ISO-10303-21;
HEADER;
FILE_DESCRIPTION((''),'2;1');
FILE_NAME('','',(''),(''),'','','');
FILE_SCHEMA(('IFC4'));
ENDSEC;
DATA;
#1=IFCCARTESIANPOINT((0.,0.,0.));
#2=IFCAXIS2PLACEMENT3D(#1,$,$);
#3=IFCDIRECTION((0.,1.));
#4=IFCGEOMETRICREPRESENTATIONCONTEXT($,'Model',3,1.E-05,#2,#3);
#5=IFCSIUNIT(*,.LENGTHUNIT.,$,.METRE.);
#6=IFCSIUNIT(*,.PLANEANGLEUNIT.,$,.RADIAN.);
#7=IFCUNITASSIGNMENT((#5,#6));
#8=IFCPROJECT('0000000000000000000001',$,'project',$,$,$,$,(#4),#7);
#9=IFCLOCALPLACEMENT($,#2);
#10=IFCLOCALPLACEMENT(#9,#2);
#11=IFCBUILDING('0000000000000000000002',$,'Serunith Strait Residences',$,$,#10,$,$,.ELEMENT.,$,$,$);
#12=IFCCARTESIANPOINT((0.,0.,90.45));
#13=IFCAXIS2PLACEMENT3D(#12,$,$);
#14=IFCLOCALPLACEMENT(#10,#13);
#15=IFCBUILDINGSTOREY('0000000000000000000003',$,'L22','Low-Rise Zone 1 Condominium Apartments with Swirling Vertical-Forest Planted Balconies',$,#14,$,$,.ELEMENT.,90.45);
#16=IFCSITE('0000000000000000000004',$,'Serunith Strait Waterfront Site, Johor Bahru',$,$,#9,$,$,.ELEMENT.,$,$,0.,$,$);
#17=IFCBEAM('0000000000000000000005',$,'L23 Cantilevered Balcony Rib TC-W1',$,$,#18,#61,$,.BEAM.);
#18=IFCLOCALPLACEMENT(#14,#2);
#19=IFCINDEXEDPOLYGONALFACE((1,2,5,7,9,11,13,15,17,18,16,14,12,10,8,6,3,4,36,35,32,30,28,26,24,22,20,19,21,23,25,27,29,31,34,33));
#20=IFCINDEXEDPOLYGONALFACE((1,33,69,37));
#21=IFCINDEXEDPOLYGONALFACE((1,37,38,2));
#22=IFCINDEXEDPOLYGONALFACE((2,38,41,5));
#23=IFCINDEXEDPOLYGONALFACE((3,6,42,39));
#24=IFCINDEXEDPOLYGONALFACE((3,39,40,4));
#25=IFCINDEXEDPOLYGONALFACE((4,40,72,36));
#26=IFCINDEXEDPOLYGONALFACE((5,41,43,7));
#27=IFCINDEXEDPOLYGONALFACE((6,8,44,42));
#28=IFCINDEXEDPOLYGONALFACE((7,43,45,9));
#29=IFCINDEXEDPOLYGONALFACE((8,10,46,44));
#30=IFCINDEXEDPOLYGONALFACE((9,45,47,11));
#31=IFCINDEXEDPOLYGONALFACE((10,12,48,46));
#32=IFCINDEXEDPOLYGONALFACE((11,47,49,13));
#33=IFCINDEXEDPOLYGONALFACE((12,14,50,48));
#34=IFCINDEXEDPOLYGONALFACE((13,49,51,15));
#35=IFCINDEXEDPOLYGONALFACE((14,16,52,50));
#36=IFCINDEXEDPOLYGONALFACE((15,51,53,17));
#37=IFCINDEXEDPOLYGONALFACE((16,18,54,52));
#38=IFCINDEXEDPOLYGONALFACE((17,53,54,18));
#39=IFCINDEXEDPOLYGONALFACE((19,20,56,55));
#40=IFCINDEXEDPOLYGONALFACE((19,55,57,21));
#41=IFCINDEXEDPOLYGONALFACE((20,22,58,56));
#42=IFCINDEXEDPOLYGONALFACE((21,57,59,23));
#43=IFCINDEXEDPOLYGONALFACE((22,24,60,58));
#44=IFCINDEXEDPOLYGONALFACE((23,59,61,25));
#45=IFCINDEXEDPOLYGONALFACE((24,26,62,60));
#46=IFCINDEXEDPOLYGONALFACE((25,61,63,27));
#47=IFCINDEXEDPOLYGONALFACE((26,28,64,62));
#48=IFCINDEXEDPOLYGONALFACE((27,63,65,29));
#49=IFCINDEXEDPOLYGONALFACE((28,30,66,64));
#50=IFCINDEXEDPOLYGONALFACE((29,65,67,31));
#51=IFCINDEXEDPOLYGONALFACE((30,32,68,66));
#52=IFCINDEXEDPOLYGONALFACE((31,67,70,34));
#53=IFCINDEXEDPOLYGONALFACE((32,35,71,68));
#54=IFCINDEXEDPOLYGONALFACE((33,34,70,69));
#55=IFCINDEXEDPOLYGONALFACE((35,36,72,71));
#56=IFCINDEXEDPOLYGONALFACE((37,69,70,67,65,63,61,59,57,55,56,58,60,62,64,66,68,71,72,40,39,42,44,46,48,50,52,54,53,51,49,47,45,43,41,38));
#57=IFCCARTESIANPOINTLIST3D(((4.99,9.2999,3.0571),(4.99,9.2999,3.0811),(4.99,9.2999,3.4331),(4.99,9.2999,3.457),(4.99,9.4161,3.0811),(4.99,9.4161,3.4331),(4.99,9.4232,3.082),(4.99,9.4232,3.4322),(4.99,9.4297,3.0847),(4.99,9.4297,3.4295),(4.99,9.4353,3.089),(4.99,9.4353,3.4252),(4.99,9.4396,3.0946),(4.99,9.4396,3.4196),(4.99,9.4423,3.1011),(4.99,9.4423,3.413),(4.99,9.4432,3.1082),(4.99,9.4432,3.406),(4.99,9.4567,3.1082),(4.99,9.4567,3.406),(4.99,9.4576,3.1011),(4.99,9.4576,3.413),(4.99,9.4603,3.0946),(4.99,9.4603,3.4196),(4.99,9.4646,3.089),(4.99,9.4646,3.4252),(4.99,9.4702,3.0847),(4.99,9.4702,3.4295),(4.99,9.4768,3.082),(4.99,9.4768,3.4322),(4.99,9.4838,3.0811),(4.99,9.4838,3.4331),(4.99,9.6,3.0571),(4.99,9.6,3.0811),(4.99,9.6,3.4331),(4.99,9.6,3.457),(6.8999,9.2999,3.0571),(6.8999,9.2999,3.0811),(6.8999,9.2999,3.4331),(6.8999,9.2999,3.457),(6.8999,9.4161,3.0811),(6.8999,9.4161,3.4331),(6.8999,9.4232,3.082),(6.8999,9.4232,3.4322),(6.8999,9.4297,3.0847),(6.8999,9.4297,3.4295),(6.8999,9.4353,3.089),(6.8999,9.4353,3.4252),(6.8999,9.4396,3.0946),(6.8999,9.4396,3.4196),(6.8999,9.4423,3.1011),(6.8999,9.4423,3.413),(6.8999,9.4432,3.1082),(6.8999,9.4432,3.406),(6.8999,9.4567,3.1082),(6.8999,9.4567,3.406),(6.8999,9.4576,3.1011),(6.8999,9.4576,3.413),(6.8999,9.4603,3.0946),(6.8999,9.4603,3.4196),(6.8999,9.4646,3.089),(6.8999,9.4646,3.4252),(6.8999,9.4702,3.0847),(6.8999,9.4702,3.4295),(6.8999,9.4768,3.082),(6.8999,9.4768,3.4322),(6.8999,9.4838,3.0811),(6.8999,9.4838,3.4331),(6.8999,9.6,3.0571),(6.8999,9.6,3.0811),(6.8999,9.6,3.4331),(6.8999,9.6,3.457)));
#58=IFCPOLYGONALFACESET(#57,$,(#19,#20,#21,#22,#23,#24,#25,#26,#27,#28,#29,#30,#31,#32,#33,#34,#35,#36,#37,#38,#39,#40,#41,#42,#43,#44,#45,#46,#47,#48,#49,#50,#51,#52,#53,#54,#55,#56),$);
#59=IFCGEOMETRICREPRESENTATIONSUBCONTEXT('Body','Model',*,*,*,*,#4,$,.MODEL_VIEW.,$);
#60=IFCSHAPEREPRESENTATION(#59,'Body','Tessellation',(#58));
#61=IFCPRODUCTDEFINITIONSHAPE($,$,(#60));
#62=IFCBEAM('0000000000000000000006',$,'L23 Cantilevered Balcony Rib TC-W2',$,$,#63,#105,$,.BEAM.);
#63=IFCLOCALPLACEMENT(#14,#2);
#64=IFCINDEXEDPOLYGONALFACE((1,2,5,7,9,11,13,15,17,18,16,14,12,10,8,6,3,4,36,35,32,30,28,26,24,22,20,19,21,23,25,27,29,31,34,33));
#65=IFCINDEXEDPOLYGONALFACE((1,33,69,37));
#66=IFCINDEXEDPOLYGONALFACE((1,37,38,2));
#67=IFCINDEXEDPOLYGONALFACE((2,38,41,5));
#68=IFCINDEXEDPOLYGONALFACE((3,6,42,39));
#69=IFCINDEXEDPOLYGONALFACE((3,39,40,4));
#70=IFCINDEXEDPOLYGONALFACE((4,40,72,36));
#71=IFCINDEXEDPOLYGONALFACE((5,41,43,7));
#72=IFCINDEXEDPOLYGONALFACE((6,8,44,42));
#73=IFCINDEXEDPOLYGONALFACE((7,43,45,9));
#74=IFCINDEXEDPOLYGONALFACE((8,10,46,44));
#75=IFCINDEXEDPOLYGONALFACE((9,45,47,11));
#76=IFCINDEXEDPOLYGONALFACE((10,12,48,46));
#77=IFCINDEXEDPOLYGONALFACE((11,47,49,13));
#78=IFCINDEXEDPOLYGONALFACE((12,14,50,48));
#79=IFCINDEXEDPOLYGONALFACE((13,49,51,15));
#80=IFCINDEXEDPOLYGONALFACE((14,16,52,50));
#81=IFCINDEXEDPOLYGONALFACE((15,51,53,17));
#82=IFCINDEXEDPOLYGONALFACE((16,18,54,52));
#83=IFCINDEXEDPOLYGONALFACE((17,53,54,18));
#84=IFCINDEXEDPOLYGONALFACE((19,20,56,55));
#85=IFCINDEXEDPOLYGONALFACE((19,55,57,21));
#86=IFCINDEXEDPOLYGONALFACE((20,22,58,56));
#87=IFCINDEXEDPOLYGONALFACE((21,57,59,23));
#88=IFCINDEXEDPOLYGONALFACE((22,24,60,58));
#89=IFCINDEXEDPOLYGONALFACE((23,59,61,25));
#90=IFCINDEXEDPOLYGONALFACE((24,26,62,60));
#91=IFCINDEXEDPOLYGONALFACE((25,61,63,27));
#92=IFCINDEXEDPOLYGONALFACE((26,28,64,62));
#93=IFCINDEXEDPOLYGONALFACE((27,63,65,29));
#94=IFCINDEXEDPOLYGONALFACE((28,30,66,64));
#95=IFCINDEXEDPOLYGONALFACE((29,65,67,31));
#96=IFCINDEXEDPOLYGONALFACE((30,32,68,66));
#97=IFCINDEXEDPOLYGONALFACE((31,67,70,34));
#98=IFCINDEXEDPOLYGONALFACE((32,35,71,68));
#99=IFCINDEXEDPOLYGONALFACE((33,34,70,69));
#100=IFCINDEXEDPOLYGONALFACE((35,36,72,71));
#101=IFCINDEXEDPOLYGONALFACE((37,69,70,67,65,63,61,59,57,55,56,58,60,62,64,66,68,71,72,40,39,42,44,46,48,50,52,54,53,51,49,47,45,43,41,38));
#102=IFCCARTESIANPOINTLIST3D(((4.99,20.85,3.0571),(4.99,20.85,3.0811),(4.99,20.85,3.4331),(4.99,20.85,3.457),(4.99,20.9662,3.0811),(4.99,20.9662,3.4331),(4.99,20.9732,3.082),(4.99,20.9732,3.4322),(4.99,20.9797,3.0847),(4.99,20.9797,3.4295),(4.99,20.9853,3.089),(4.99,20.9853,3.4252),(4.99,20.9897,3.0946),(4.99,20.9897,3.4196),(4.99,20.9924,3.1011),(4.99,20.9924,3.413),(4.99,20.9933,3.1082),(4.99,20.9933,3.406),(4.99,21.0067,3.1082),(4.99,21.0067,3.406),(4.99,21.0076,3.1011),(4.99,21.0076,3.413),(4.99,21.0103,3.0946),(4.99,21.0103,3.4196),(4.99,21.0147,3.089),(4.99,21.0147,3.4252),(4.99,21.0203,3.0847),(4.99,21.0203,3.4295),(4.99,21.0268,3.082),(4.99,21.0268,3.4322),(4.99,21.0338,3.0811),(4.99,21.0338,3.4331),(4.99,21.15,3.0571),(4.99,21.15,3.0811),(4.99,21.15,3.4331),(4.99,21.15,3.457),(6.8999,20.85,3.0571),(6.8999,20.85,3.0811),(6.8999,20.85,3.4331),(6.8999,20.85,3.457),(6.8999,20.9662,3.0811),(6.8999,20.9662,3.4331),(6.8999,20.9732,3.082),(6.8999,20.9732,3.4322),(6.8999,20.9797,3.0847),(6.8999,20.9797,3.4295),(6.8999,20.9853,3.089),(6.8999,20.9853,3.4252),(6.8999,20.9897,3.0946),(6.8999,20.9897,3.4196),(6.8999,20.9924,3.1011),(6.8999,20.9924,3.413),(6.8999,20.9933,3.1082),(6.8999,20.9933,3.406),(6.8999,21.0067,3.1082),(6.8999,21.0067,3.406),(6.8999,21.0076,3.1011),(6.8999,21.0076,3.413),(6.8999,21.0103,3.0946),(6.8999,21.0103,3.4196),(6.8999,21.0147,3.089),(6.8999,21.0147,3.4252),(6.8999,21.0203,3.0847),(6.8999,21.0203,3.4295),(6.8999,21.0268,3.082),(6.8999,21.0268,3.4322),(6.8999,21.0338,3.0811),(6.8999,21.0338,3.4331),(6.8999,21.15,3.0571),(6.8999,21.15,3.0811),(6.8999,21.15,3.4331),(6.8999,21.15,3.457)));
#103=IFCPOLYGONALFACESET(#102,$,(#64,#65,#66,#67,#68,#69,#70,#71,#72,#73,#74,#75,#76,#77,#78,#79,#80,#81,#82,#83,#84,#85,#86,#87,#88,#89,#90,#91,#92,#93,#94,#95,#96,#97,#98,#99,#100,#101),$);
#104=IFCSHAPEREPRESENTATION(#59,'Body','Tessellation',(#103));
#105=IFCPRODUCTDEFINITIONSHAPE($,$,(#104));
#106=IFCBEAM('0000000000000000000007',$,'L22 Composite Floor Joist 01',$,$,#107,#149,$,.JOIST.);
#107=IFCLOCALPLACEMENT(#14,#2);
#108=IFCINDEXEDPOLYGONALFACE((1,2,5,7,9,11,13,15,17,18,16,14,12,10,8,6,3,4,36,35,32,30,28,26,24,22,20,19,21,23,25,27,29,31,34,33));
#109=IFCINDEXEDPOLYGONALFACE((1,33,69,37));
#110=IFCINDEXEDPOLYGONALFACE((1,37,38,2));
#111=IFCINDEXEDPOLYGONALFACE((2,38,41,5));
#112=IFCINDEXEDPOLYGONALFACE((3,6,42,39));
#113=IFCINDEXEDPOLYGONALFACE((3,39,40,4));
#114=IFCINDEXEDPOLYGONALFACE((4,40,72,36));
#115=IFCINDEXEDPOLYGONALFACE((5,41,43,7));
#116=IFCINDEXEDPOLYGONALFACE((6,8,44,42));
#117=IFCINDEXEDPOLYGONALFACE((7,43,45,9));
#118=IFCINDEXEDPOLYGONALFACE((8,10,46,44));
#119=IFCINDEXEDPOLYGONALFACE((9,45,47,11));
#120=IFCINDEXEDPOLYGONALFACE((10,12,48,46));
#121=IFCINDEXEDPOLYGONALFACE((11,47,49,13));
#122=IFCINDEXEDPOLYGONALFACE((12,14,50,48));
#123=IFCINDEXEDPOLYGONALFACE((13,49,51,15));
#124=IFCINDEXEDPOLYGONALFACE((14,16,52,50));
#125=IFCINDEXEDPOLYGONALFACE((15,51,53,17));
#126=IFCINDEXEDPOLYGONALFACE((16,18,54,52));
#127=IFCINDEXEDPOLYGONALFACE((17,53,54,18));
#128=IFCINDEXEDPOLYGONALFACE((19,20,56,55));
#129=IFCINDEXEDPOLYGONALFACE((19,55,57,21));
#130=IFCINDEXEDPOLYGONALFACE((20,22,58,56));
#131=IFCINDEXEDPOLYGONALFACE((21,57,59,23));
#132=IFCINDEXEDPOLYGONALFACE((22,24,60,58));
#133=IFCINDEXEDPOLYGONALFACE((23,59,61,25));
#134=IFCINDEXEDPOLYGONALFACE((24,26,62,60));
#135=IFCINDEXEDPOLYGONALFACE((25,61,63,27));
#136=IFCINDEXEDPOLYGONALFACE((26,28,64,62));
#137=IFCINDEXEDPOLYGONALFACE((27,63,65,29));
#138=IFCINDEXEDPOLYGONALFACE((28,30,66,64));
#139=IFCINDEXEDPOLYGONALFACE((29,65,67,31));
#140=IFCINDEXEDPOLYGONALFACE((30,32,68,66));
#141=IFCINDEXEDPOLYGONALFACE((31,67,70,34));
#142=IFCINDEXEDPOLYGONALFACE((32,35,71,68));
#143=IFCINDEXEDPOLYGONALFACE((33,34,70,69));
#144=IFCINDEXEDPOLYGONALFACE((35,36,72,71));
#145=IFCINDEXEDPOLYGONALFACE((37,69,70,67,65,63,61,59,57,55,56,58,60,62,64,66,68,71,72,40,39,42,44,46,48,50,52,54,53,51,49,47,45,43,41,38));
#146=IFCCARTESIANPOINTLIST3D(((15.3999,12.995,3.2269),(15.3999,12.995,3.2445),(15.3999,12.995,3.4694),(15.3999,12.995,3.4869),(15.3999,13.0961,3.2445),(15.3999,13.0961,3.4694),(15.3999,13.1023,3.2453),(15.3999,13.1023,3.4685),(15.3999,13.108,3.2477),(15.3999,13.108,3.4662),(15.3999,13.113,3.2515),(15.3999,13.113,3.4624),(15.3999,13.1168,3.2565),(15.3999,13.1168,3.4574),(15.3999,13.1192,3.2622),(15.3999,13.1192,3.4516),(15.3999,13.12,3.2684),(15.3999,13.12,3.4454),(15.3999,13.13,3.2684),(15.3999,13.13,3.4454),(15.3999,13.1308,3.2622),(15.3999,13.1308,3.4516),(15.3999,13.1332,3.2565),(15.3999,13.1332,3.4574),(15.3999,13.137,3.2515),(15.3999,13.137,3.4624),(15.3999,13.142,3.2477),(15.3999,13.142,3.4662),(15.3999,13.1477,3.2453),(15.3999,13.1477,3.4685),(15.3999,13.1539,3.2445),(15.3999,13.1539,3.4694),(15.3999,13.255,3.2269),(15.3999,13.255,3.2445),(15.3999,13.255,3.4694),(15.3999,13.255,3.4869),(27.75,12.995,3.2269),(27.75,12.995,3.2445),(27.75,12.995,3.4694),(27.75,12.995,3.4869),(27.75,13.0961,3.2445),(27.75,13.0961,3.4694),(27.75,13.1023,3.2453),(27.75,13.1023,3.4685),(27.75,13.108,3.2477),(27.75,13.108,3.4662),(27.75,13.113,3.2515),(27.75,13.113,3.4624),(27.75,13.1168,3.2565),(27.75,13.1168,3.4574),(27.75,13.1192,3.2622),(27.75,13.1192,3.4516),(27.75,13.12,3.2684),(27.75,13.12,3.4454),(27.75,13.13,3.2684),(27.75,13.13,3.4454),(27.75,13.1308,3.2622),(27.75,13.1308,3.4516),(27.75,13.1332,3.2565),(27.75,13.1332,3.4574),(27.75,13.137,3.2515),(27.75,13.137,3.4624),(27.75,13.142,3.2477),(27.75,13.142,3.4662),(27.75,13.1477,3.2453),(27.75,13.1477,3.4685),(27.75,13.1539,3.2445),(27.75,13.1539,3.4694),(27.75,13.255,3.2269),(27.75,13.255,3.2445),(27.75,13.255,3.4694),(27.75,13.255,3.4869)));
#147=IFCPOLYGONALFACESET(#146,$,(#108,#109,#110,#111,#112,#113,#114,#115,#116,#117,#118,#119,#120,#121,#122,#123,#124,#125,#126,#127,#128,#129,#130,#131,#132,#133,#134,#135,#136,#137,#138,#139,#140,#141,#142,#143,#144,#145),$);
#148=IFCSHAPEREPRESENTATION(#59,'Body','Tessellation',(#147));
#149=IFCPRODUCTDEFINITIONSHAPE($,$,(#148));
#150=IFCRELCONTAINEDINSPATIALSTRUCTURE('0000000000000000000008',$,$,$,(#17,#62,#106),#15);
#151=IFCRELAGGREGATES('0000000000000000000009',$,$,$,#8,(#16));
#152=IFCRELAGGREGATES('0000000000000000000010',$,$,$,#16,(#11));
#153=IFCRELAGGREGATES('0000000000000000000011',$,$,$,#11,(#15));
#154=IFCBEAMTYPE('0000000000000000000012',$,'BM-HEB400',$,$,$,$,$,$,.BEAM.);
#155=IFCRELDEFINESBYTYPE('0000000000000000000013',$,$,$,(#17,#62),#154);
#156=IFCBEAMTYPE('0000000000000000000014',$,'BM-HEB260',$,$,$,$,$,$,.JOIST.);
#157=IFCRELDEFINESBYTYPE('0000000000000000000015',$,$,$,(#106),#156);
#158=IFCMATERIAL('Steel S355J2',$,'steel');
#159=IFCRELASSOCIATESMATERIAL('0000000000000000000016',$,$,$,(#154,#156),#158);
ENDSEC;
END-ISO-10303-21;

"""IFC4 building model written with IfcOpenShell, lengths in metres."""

from ifc_helpers import new_model, si_unit, direction, frame, origin, origin_2d, place, context, subcontext, project, spatial, i_section, extrude, source, transform, mapped, material, material_profile, profile_set, type_object, element, save


model = new_model("IFC4")

# Units and contexts
model_context = context("Model", 3, precision=1e-05, world=origin(), true_north=direction((0.0, 1.0)))
body_context = subcontext(model_context, "Body", "Model", "MODEL_VIEW")
ifc_project = project(units=[si_unit("LENGTHUNIT", "METRE"), si_unit("PLANEANGLEUNIT", "RADIAN")], contexts=[model_context])

# Site, building, storey
site_placement = place(None, origin())
site = spatial("IfcSite", under=ifc_project, at=site_placement, Name="Serunith Strait Waterfront Site, Johor Bahru", CompositionType="ELEMENT", RefElevation=0.0)
building_placement = place(site_placement, origin())
building = spatial("IfcBuilding", under=site, at=building_placement, Name="Serunith Strait Residences", CompositionType="ELEMENT")
storey_placement = place(building_placement, frame((0.0, 0.0, 90.45)))
storey = spatial("IfcBuildingStorey", under=building, at=storey_placement, Name="L22", Description="Low-Rise Zone 1 Condominium Apartments with Swirling Vertical-Forest Planted Balconies", CompositionType="ELEMENT", Elevation=90.45)

# Beams
ifc_material_1 = material(Name="Steel S355J2", Category="steel")
ifc_material_profile_1 = material_profile(ifc_material_1, i_section(OverallWidth=0.3, OverallDepth=0.3999, WebThickness=0.0134, FlangeThickness=0.0239, FilletRadius=0.0271, at=origin_2d()), Name="HEB 400")
ifc_profile_set_1 = profile_set([ifc_material_profile_1], Name="Steel S355J2")
beam_type_1 = type_object("IfcBeamType", Name="BM-HEB400", PredefinedType="BEAM", material=ifc_profile_set_1)
shared_shape_1 = source(origin(), body_context, "Body", "SweptSolid", [
    extrude(i_section(OverallWidth=0.3, OverallDepth=0.3999, WebThickness=0.0134, FlangeThickness=0.0239, FilletRadius=0.0271, at=origin_2d()), origin(), (0.0, 0.0, 1.0), 1.9099),
])
for number, where, z_axis, x_axis, name in (
    (1, (6.8999, 9.45, 3.2571), (-1.0, 0.0, 0.0), (0.0, -1.0, 0.0), "L23 Cantilevered Balcony Rib TC-W1"),
    (2, (6.8999, 21.0, 3.2571), (-1.0, 0.0, 0.0), (0.0, -1.0, 0.0), "L23 Cantilevered Balcony Rib TC-W2"),
):
    element("IfcBeam", number, at=place(storey_placement, frame(where, z_axis=z_axis, x_axis=x_axis)), inside=storey, type_object=beam_type_1, Name=name, PredefinedType="BEAM", context=body_context, shape_type="MappedRepresentation", body=[
        mapped(shared_shape_1, transform((0.0, 0.0, 0.0), scale=1.0)),
    ])
ifc_material_profile_2 = material_profile(ifc_material_1, i_section(OverallWidth=0.26, OverallDepth=0.26, WebThickness=0.01, FlangeThickness=0.0176, FilletRadius=0.0239, at=origin_2d()), Name="HEB 260")
ifc_profile_set_2 = profile_set([ifc_material_profile_2], Name="Steel S355J2")
beam_type_2 = type_object("IfcBeamType", Name="BM-HEB260", PredefinedType="JOIST", material=ifc_profile_set_2)
shared_shape_2 = source(origin(), body_context, "Body", "SweptSolid", [
    extrude(i_section(OverallWidth=0.26, OverallDepth=0.26, WebThickness=0.01, FlangeThickness=0.0176, FilletRadius=0.0239, at=origin_2d()), origin(), (0.0, 0.0, 1.0), 12.3501),
])
beam_1_placement = place(storey_placement, frame((15.3999, 13.125, 3.3569), z_axis=(1.0, 0.0, 0.0), x_axis=(0.0, 1.0, 0.0)))
element("IfcBeam", 3, at=beam_1_placement, inside=storey, type_object=beam_type_2, Name="L22 Composite Floor Joist 01", PredefinedType="JOIST", context=body_context, shape_type="MappedRepresentation", body=[
    mapped(shared_shape_2, transform((0.0, 0.0, 0.0), scale=1.0)),
])

save(model, "model.ifc")
